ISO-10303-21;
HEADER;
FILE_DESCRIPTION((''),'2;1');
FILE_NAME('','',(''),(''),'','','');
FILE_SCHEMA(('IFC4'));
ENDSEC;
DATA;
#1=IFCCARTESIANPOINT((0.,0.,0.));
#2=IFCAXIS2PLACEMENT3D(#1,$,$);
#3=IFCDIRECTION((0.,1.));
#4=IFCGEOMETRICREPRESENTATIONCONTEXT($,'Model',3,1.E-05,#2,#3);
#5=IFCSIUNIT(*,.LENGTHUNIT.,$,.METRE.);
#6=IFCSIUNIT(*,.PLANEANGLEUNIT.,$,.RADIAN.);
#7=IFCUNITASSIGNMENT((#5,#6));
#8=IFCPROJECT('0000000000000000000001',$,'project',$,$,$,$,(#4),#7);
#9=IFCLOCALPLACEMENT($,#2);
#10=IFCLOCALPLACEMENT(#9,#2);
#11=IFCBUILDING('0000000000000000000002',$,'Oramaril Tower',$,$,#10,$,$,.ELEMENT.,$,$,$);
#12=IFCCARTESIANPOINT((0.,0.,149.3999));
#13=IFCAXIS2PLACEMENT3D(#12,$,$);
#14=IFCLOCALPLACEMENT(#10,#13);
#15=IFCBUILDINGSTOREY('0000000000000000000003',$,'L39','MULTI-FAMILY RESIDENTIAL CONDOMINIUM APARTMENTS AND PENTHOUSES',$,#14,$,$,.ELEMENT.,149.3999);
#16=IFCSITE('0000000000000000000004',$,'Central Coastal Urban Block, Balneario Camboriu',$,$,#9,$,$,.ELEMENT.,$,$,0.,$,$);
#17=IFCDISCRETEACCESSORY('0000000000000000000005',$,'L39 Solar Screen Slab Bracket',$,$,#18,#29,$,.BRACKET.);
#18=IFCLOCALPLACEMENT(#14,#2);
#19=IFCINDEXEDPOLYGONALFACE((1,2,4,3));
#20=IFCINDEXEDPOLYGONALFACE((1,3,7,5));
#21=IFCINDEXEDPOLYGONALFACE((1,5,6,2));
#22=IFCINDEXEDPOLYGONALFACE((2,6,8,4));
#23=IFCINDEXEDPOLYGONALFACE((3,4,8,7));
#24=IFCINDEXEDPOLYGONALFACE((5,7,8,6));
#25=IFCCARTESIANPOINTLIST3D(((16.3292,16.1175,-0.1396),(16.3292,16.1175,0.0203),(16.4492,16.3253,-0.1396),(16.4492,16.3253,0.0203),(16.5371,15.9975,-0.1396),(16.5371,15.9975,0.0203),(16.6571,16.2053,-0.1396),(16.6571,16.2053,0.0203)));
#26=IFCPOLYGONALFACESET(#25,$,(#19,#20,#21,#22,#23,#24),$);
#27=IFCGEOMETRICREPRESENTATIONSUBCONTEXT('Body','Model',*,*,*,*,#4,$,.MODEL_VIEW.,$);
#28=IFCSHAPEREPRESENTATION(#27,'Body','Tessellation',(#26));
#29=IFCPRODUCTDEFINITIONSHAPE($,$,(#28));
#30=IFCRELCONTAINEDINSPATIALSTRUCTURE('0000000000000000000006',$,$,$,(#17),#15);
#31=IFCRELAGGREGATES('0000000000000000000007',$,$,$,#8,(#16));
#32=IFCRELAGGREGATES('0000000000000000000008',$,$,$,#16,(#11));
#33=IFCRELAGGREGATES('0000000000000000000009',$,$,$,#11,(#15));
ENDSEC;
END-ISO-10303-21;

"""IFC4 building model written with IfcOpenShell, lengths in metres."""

from ifc_helpers import new_model, si_unit, direction, frame, origin, origin_2d, place, context, subcontext, project, spatial, rectangle, extrude, element, save


model = new_model("IFC4")

# Units and contexts
model_context = context("Model", 3, precision=1e-05, world=origin(), true_north=direction((0.0, 1.0)))
body_context = subcontext(model_context, "Body", "Model", "MODEL_VIEW")
ifc_project = project(units=[si_unit("LENGTHUNIT", "METRE"), si_unit("PLANEANGLEUNIT", "RADIAN")], contexts=[model_context])

# Site, building, storey
site_placement = place(None, origin())
site = spatial("IfcSite", under=ifc_project, at=site_placement, Name="Central Coastal Urban Block, Balneario Camboriu", CompositionType="ELEMENT", RefElevation=0.0)
building_placement = place(site_placement, origin())
building = spatial("IfcBuilding", under=site, at=building_placement, Name="Oramaril Tower", CompositionType="ELEMENT")
storey_placement = place(building_placement, frame((0.0, 0.0, 149.3999)))
storey = spatial("IfcBuildingStorey", under=building, at=storey_placement, Name="L39", Description="MULTI-FAMILY RESIDENTIAL CONDOMINIUM APARTMENTS AND PENTHOUSES", CompositionType="ELEMENT", Elevation=149.3999)

# Discrete accessory
discrete_accessory_placement = place(storey_placement, frame((16.4932, 16.1614, -0.1396), z_axis=(0.0, 0.0, 1.0), x_axis=(-0.5, -0.866025, 0.0)))
element("IfcDiscreteAccessory", 1, at=discrete_accessory_placement, inside=storey, Name="L39 Solar Screen Slab Bracket", PredefinedType="BRACKET", context=body_context, shape_type="SweptSolid", body=[
    extrude(rectangle(XDim=0.24, YDim=0.24, at=origin_2d()), origin(), (0.0, 0.0, 1.0), 0.1599),
])

save(model, "model.ifc")
